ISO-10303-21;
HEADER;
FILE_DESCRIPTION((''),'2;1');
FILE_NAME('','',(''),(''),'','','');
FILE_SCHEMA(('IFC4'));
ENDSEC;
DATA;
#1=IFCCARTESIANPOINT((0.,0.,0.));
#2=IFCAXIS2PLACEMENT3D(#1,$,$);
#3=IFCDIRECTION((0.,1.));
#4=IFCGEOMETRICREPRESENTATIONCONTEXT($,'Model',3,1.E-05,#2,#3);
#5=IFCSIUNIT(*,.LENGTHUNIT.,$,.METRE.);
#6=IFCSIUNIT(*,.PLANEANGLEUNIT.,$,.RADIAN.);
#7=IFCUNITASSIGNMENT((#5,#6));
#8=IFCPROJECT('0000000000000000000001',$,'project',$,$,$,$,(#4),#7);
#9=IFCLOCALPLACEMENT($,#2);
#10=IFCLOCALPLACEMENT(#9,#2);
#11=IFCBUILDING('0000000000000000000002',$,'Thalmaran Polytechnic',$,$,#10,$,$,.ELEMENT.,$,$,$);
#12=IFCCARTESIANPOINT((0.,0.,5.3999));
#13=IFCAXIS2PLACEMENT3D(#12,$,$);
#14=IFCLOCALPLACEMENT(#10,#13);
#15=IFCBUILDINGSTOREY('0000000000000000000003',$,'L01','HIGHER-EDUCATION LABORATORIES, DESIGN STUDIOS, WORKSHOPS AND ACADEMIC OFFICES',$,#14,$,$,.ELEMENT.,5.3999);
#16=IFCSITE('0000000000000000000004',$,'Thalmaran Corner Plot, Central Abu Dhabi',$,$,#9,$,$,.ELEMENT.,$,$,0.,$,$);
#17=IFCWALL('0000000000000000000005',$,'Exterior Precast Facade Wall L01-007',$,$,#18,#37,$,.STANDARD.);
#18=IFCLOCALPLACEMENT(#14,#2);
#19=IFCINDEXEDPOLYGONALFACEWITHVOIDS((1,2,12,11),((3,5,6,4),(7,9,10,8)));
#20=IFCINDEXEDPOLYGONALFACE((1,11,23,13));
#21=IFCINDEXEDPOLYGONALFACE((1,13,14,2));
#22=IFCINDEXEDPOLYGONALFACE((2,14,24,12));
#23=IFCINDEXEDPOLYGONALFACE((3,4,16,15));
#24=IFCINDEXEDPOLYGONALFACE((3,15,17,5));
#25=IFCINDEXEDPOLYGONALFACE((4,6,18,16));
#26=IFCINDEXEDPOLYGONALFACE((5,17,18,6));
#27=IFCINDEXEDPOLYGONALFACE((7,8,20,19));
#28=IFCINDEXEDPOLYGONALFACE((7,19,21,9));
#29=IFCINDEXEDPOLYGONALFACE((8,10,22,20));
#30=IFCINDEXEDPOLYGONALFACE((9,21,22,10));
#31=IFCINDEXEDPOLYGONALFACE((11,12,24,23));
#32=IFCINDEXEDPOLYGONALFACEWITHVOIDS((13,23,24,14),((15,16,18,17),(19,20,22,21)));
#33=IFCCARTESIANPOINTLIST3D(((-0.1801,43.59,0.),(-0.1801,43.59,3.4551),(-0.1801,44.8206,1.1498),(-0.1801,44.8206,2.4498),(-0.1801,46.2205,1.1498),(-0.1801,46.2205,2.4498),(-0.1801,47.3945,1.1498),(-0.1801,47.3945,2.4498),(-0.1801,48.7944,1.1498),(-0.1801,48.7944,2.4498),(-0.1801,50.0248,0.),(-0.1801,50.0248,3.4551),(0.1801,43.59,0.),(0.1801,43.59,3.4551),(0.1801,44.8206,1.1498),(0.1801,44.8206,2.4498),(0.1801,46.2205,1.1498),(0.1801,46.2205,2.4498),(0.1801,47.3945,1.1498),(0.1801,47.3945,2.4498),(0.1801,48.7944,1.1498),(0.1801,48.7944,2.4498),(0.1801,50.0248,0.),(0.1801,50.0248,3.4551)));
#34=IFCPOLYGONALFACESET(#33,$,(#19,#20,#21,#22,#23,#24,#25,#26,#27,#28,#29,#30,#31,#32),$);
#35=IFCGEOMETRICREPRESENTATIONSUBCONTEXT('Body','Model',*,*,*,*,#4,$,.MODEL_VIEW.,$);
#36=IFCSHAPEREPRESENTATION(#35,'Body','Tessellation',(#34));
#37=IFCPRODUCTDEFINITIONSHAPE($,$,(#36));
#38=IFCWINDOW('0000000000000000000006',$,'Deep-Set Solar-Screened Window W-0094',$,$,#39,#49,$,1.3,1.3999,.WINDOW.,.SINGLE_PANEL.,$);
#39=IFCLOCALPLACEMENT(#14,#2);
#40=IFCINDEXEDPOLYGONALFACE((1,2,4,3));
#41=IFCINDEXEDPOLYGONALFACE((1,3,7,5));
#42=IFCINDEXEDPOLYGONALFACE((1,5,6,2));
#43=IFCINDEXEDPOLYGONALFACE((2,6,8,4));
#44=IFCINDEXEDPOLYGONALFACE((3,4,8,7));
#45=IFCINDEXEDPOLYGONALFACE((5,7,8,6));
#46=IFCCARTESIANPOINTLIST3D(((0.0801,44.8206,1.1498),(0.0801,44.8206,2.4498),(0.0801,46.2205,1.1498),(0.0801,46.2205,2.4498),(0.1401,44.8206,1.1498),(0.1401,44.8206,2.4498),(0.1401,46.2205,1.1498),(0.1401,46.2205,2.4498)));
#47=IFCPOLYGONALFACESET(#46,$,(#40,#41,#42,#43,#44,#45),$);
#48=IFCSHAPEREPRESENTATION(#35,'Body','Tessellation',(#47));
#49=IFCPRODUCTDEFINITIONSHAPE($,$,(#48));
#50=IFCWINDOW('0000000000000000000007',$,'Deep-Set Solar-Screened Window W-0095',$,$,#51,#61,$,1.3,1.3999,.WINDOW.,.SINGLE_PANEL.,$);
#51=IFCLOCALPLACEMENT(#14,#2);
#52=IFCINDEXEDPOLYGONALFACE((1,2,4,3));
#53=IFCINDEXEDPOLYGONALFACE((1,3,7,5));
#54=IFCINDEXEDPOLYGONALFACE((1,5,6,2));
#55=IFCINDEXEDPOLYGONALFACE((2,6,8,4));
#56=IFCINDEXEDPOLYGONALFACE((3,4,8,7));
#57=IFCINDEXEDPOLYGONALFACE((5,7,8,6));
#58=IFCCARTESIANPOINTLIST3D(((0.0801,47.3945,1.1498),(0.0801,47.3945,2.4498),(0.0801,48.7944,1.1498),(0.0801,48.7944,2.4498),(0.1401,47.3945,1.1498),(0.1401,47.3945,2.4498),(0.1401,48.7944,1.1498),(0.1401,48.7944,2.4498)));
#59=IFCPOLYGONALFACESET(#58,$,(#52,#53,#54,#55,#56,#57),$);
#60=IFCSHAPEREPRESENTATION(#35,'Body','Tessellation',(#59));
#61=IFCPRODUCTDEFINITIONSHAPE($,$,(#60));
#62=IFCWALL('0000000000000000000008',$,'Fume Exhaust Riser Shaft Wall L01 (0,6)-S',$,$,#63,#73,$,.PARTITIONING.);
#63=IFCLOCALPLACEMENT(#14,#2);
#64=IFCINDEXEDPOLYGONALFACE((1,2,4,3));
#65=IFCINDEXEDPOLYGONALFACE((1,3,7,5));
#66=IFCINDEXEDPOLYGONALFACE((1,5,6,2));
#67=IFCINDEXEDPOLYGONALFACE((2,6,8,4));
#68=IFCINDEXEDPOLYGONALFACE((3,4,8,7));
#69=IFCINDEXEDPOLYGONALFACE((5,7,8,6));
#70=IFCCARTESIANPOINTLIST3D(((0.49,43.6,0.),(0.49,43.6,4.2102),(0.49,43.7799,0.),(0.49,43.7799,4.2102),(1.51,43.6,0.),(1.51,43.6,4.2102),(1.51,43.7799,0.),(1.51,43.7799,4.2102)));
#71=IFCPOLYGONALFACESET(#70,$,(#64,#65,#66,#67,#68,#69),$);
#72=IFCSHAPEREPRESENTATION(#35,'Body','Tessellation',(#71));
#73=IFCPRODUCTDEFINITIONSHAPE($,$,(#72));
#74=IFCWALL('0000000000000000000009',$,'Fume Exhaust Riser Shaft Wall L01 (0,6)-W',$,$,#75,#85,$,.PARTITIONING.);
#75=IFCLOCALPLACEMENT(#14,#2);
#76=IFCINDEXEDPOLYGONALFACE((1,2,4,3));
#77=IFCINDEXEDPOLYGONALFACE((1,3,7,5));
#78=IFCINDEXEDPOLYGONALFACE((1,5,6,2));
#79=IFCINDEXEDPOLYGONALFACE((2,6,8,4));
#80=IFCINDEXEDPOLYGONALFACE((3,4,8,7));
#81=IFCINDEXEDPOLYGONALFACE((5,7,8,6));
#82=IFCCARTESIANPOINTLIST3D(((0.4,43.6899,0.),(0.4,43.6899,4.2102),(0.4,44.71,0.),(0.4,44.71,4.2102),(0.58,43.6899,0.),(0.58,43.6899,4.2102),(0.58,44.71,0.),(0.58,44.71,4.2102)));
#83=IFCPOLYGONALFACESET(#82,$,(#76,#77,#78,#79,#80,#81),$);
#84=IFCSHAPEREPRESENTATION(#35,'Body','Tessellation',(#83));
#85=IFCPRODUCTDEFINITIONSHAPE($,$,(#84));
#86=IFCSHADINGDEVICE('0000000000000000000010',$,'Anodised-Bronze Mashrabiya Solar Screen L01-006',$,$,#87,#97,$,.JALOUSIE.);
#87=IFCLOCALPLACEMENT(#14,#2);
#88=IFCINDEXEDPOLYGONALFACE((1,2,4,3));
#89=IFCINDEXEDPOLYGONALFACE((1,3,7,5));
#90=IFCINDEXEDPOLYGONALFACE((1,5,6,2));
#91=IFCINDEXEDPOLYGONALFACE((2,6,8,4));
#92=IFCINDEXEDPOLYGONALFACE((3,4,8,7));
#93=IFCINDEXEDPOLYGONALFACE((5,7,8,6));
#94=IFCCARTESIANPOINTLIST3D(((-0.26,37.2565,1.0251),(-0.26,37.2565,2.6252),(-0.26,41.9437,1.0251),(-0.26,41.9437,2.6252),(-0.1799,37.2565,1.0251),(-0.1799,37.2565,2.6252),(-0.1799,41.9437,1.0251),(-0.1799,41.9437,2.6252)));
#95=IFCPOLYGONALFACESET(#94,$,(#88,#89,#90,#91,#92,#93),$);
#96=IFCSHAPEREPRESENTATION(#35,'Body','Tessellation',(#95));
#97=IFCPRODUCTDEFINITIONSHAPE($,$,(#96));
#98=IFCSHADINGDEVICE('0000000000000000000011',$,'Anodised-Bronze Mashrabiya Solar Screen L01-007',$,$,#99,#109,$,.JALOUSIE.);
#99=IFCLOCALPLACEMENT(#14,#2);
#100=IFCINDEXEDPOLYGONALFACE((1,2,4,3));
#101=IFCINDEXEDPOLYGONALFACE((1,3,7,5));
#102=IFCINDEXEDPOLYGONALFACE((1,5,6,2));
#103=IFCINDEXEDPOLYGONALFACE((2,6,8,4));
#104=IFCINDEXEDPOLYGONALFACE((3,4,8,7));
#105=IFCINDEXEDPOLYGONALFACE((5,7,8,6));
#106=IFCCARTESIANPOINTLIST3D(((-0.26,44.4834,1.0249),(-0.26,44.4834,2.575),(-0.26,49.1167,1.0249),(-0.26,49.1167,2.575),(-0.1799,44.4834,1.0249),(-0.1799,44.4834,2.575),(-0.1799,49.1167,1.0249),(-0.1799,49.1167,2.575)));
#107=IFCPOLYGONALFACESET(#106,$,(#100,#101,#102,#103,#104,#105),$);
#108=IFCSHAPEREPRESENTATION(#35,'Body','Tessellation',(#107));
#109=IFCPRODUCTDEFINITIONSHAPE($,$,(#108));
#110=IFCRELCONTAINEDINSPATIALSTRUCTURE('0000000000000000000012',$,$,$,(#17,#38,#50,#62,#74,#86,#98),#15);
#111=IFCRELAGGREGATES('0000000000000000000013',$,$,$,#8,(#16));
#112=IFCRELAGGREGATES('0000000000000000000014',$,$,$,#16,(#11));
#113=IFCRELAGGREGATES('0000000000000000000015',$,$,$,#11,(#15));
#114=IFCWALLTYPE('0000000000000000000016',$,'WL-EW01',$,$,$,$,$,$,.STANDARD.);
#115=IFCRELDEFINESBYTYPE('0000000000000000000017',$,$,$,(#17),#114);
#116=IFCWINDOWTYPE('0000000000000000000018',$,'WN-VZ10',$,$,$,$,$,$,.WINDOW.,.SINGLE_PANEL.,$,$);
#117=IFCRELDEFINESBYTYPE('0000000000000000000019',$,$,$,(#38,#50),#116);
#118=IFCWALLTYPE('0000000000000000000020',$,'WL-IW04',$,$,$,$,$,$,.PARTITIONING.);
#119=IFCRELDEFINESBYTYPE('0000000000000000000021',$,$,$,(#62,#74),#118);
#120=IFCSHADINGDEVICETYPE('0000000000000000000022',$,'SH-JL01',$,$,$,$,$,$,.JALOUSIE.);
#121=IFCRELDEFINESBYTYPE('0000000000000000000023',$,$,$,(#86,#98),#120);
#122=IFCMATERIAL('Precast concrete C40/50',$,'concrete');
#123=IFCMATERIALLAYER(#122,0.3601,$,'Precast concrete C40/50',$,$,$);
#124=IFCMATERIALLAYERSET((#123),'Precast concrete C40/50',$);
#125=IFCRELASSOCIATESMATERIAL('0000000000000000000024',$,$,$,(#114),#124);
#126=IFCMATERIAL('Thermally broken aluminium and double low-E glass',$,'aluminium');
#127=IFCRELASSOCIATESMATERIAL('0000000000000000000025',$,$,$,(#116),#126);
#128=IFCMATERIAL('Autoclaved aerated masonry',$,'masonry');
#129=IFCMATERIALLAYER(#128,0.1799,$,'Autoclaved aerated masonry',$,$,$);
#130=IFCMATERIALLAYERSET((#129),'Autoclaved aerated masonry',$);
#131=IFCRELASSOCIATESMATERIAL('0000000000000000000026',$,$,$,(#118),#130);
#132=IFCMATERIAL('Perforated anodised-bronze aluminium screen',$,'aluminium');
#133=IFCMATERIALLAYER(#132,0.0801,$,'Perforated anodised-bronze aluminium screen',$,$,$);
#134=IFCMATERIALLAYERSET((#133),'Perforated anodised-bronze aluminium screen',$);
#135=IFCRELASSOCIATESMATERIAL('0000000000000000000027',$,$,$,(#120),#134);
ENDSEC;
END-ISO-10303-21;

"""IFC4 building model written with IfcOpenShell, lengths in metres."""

from ifc_helpers import new_model, si_unit, direction, frame, frame_2d, origin, origin_2d, place, context, subcontext, project, spatial, rectangle, extrude, material, layer, layer_set, type_object, element, fill, save


model = new_model("IFC4")

# Units and contexts
model_context = context("Model", 3, precision=1e-05, world=origin(), true_north=direction((0.0, 1.0)))
body_context = subcontext(model_context, "Body", "Model", "MODEL_VIEW")
ifc_project = project(units=[si_unit("LENGTHUNIT", "METRE"), si_unit("PLANEANGLEUNIT", "RADIAN")], contexts=[model_context])

# Site, building, storey
site_placement = place(None, origin())
site = spatial("IfcSite", under=ifc_project, at=site_placement, Name="Thalmaran Corner Plot, Central Abu Dhabi", CompositionType="ELEMENT", RefElevation=0.0)
building_placement = place(site_placement, origin())
building = spatial("IfcBuilding", under=site, at=building_placement, Name="Thalmaran Polytechnic", CompositionType="ELEMENT")
storey_placement = place(building_placement, frame((0.0, 0.0, 5.3999)))
storey = spatial("IfcBuildingStorey", under=building, at=storey_placement, Name="L01", Description="HIGHER-EDUCATION LABORATORIES, DESIGN STUDIOS, WORKSHOPS AND ACADEMIC OFFICES", CompositionType="ELEMENT", Elevation=5.3999)

# Wall, openings, windows
ifc_material_1 = material(Name="Precast concrete C40/50", Category="concrete")
ifc_layer_1 = layer(ifc_material_1, 0.3601, Name="Precast concrete C40/50")
ifc_layer_set_1 = layer_set([ifc_layer_1], Name="Precast concrete C40/50")
wall_type_1 = type_object("IfcWallType", Name="WL-EW01", PredefinedType="STANDARD", material=ifc_layer_set_1)
wall_placement = place(storey_placement, frame((0.0, 43.5901, 0.0), z_axis=(0.0, 0.0, 1.0), x_axis=(0.0, 1.0, 0.0)))
wall = element("IfcWall", 1, at=wall_placement, inside=storey, type_object=wall_type_1, Name="Exterior Precast Facade Wall L01-007", PredefinedType="STANDARD", context=body_context, shape_type="SweptSolid", body=[
    extrude(rectangle(XDim=6.4348, YDim=0.3601, at=frame_2d((3.2173, 0.0))), origin(), (0.0, 0.0, 1.0), 3.4551),
])
opening_1_placement = place(wall_placement, frame((1.2305, 0.0, 1.1499)))
opening_1 = element("IfcOpeningElement", 2, at=opening_1_placement, cuts=wall, PredefinedType="OPENING", context=body_context, shape_type="SweptSolid", body=[
    extrude(rectangle(XDim=1.3999, YDim=1.3, at=frame_2d((0.7, 0.6499))), frame((0.0, 0.1899, 0.0), z_axis=(0.0, -1.0, 0.0), x_axis=(1.0, 0.0, 0.0)), (0.0, 0.0, 1.0), 0.3801),
])
opening_2_placement = place(wall_placement, frame((3.8044, 0.0, 1.1499)))
opening_2 = element("IfcOpeningElement", 3, at=opening_2_placement, cuts=wall, PredefinedType="OPENING", context=body_context, shape_type="SweptSolid", body=[
    extrude(rectangle(XDim=1.3999, YDim=1.3, at=frame_2d((0.7, 0.6499))), frame((0.0, 0.1899, 0.0), z_axis=(0.0, -1.0, 0.0), x_axis=(1.0, 0.0, 0.0)), (0.0, 0.0, 1.0), 0.3801),
])
ifc_material_2 = material(Name="Thermally broken aluminium and double low-E glass", Category="aluminium")
window_type = type_object("IfcWindowType", Name="WN-VZ10", PartitioningType="SINGLE_PANEL", PredefinedType="WINDOW", material=ifc_material_2)
window_1_placement = place(opening_1_placement, origin())
window_1 = element("IfcWindow", 4, at=window_1_placement, inside=storey, type_object=window_type, Name="Deep-Set Solar-Screened Window W-0094", OverallHeight=1.3, OverallWidth=1.3999, PartitioningType="SINGLE_PANEL", PredefinedType="WINDOW", context=body_context, shape_type="SweptSolid", body=[
    extrude(rectangle(XDim=1.3999, YDim=1.3, at=frame_2d((0.7, 0.6499))), frame((0.0, -0.0801, 0.0), z_axis=(0.0, -1.0, 0.0), x_axis=(1.0, 0.0, 0.0)), (0.0, 0.0, 1.0), 0.0601),
])
fill(opening_1, window_1)
window_2_placement = place(opening_2_placement, origin())
window_2 = element("IfcWindow", 5, at=window_2_placement, inside=storey, type_object=window_type, Name="Deep-Set Solar-Screened Window W-0095", OverallHeight=1.3, OverallWidth=1.3999, PartitioningType="SINGLE_PANEL", PredefinedType="WINDOW", context=body_context, shape_type="SweptSolid", body=[
    extrude(rectangle(XDim=1.3999, YDim=1.3, at=frame_2d((0.7, 0.6499))), frame((0.0, -0.0801, 0.0), z_axis=(0.0, -1.0, 0.0), x_axis=(1.0, 0.0, 0.0)), (0.0, 0.0, 1.0), 0.0601),
])
fill(opening_2, window_2)

# Walls
ifc_material_3 = material(Name="Autoclaved aerated masonry", Category="masonry")
ifc_layer_2 = layer(ifc_material_3, 0.1799, Name="Autoclaved aerated masonry")
ifc_layer_set_2 = layer_set([ifc_layer_2], Name="Autoclaved aerated masonry")
wall_type_2 = type_object("IfcWallType", Name="WL-IW04", PredefinedType="PARTITIONING", material=ifc_layer_set_2)
for number, where, z_axis, x_axis, name in (
    (6, (0.49, 43.6899, 0.0), (0.0, 0.0, 1.0), (1.0, 0.0, 0.0), "Fume Exhaust Riser Shaft Wall L01 (0,6)-S"),
    (7, (0.49, 44.71, 0.0), (0.0, 0.0, 1.0), (0.0, -1.0, 0.0), "Fume Exhaust Riser Shaft Wall L01 (0,6)-W"),
):
    element("IfcWall", number, at=place(storey_placement, frame(where, z_axis=z_axis, x_axis=x_axis)), inside=storey, type_object=wall_type_2, Name=name, PredefinedType="PARTITIONING", context=body_context, shape_type="SweptSolid", body=[
        extrude(rectangle(XDim=1.02, YDim=0.1799, at=frame_2d((0.51, 0.0))), origin(), (0.0, 0.0, 1.0), 4.2102),
    ])

# Shading devices
ifc_material_4 = material(Name="Perforated anodised-bronze aluminium screen", Category="aluminium")
ifc_layer_3 = layer(ifc_material_4, 0.0801, Name="Perforated anodised-bronze aluminium screen")
ifc_layer_set_3 = layer_set([ifc_layer_3], Name="Perforated anodised-bronze aluminium screen")
shading_device_type = type_object("IfcShadingDeviceType", Name="SH-JL01", PredefinedType="JALOUSIE", material=ifc_layer_set_3)
shading_device_1_placement = place(storey_placement, frame((-0.22, 39.6001, 1.0251), z_axis=(0.0, 0.0, 1.0), x_axis=(0.0, 1.0, 0.0)))
element("IfcShadingDevice", 8, at=shading_device_1_placement, inside=storey, type_object=shading_device_type, Name="Anodised-Bronze Mashrabiya Solar Screen L01-006", PredefinedType="JALOUSIE", context=body_context, shape_type="SweptSolid", body=[
    extrude(rectangle(XDim=4.6873, YDim=0.0801, at=origin_2d()), origin(), (0.0, 0.0, 1.0), 1.6001),
])
shading_device_2_placement = place(storey_placement, frame((-0.22, 46.8, 1.0249), z_axis=(0.0, 0.0, 1.0), x_axis=(0.0, 1.0, 0.0)))
element("IfcShadingDevice", 9, at=shading_device_2_placement, inside=storey, type_object=shading_device_type, Name="Anodised-Bronze Mashrabiya Solar Screen L01-007", PredefinedType="JALOUSIE", context=body_context, shape_type="SweptSolid", body=[
    extrude(rectangle(XDim=4.6333, YDim=0.0801, at=origin_2d()), origin(), (0.0, 0.0, 1.0), 1.55),
])

save(model, "model.ifc")
